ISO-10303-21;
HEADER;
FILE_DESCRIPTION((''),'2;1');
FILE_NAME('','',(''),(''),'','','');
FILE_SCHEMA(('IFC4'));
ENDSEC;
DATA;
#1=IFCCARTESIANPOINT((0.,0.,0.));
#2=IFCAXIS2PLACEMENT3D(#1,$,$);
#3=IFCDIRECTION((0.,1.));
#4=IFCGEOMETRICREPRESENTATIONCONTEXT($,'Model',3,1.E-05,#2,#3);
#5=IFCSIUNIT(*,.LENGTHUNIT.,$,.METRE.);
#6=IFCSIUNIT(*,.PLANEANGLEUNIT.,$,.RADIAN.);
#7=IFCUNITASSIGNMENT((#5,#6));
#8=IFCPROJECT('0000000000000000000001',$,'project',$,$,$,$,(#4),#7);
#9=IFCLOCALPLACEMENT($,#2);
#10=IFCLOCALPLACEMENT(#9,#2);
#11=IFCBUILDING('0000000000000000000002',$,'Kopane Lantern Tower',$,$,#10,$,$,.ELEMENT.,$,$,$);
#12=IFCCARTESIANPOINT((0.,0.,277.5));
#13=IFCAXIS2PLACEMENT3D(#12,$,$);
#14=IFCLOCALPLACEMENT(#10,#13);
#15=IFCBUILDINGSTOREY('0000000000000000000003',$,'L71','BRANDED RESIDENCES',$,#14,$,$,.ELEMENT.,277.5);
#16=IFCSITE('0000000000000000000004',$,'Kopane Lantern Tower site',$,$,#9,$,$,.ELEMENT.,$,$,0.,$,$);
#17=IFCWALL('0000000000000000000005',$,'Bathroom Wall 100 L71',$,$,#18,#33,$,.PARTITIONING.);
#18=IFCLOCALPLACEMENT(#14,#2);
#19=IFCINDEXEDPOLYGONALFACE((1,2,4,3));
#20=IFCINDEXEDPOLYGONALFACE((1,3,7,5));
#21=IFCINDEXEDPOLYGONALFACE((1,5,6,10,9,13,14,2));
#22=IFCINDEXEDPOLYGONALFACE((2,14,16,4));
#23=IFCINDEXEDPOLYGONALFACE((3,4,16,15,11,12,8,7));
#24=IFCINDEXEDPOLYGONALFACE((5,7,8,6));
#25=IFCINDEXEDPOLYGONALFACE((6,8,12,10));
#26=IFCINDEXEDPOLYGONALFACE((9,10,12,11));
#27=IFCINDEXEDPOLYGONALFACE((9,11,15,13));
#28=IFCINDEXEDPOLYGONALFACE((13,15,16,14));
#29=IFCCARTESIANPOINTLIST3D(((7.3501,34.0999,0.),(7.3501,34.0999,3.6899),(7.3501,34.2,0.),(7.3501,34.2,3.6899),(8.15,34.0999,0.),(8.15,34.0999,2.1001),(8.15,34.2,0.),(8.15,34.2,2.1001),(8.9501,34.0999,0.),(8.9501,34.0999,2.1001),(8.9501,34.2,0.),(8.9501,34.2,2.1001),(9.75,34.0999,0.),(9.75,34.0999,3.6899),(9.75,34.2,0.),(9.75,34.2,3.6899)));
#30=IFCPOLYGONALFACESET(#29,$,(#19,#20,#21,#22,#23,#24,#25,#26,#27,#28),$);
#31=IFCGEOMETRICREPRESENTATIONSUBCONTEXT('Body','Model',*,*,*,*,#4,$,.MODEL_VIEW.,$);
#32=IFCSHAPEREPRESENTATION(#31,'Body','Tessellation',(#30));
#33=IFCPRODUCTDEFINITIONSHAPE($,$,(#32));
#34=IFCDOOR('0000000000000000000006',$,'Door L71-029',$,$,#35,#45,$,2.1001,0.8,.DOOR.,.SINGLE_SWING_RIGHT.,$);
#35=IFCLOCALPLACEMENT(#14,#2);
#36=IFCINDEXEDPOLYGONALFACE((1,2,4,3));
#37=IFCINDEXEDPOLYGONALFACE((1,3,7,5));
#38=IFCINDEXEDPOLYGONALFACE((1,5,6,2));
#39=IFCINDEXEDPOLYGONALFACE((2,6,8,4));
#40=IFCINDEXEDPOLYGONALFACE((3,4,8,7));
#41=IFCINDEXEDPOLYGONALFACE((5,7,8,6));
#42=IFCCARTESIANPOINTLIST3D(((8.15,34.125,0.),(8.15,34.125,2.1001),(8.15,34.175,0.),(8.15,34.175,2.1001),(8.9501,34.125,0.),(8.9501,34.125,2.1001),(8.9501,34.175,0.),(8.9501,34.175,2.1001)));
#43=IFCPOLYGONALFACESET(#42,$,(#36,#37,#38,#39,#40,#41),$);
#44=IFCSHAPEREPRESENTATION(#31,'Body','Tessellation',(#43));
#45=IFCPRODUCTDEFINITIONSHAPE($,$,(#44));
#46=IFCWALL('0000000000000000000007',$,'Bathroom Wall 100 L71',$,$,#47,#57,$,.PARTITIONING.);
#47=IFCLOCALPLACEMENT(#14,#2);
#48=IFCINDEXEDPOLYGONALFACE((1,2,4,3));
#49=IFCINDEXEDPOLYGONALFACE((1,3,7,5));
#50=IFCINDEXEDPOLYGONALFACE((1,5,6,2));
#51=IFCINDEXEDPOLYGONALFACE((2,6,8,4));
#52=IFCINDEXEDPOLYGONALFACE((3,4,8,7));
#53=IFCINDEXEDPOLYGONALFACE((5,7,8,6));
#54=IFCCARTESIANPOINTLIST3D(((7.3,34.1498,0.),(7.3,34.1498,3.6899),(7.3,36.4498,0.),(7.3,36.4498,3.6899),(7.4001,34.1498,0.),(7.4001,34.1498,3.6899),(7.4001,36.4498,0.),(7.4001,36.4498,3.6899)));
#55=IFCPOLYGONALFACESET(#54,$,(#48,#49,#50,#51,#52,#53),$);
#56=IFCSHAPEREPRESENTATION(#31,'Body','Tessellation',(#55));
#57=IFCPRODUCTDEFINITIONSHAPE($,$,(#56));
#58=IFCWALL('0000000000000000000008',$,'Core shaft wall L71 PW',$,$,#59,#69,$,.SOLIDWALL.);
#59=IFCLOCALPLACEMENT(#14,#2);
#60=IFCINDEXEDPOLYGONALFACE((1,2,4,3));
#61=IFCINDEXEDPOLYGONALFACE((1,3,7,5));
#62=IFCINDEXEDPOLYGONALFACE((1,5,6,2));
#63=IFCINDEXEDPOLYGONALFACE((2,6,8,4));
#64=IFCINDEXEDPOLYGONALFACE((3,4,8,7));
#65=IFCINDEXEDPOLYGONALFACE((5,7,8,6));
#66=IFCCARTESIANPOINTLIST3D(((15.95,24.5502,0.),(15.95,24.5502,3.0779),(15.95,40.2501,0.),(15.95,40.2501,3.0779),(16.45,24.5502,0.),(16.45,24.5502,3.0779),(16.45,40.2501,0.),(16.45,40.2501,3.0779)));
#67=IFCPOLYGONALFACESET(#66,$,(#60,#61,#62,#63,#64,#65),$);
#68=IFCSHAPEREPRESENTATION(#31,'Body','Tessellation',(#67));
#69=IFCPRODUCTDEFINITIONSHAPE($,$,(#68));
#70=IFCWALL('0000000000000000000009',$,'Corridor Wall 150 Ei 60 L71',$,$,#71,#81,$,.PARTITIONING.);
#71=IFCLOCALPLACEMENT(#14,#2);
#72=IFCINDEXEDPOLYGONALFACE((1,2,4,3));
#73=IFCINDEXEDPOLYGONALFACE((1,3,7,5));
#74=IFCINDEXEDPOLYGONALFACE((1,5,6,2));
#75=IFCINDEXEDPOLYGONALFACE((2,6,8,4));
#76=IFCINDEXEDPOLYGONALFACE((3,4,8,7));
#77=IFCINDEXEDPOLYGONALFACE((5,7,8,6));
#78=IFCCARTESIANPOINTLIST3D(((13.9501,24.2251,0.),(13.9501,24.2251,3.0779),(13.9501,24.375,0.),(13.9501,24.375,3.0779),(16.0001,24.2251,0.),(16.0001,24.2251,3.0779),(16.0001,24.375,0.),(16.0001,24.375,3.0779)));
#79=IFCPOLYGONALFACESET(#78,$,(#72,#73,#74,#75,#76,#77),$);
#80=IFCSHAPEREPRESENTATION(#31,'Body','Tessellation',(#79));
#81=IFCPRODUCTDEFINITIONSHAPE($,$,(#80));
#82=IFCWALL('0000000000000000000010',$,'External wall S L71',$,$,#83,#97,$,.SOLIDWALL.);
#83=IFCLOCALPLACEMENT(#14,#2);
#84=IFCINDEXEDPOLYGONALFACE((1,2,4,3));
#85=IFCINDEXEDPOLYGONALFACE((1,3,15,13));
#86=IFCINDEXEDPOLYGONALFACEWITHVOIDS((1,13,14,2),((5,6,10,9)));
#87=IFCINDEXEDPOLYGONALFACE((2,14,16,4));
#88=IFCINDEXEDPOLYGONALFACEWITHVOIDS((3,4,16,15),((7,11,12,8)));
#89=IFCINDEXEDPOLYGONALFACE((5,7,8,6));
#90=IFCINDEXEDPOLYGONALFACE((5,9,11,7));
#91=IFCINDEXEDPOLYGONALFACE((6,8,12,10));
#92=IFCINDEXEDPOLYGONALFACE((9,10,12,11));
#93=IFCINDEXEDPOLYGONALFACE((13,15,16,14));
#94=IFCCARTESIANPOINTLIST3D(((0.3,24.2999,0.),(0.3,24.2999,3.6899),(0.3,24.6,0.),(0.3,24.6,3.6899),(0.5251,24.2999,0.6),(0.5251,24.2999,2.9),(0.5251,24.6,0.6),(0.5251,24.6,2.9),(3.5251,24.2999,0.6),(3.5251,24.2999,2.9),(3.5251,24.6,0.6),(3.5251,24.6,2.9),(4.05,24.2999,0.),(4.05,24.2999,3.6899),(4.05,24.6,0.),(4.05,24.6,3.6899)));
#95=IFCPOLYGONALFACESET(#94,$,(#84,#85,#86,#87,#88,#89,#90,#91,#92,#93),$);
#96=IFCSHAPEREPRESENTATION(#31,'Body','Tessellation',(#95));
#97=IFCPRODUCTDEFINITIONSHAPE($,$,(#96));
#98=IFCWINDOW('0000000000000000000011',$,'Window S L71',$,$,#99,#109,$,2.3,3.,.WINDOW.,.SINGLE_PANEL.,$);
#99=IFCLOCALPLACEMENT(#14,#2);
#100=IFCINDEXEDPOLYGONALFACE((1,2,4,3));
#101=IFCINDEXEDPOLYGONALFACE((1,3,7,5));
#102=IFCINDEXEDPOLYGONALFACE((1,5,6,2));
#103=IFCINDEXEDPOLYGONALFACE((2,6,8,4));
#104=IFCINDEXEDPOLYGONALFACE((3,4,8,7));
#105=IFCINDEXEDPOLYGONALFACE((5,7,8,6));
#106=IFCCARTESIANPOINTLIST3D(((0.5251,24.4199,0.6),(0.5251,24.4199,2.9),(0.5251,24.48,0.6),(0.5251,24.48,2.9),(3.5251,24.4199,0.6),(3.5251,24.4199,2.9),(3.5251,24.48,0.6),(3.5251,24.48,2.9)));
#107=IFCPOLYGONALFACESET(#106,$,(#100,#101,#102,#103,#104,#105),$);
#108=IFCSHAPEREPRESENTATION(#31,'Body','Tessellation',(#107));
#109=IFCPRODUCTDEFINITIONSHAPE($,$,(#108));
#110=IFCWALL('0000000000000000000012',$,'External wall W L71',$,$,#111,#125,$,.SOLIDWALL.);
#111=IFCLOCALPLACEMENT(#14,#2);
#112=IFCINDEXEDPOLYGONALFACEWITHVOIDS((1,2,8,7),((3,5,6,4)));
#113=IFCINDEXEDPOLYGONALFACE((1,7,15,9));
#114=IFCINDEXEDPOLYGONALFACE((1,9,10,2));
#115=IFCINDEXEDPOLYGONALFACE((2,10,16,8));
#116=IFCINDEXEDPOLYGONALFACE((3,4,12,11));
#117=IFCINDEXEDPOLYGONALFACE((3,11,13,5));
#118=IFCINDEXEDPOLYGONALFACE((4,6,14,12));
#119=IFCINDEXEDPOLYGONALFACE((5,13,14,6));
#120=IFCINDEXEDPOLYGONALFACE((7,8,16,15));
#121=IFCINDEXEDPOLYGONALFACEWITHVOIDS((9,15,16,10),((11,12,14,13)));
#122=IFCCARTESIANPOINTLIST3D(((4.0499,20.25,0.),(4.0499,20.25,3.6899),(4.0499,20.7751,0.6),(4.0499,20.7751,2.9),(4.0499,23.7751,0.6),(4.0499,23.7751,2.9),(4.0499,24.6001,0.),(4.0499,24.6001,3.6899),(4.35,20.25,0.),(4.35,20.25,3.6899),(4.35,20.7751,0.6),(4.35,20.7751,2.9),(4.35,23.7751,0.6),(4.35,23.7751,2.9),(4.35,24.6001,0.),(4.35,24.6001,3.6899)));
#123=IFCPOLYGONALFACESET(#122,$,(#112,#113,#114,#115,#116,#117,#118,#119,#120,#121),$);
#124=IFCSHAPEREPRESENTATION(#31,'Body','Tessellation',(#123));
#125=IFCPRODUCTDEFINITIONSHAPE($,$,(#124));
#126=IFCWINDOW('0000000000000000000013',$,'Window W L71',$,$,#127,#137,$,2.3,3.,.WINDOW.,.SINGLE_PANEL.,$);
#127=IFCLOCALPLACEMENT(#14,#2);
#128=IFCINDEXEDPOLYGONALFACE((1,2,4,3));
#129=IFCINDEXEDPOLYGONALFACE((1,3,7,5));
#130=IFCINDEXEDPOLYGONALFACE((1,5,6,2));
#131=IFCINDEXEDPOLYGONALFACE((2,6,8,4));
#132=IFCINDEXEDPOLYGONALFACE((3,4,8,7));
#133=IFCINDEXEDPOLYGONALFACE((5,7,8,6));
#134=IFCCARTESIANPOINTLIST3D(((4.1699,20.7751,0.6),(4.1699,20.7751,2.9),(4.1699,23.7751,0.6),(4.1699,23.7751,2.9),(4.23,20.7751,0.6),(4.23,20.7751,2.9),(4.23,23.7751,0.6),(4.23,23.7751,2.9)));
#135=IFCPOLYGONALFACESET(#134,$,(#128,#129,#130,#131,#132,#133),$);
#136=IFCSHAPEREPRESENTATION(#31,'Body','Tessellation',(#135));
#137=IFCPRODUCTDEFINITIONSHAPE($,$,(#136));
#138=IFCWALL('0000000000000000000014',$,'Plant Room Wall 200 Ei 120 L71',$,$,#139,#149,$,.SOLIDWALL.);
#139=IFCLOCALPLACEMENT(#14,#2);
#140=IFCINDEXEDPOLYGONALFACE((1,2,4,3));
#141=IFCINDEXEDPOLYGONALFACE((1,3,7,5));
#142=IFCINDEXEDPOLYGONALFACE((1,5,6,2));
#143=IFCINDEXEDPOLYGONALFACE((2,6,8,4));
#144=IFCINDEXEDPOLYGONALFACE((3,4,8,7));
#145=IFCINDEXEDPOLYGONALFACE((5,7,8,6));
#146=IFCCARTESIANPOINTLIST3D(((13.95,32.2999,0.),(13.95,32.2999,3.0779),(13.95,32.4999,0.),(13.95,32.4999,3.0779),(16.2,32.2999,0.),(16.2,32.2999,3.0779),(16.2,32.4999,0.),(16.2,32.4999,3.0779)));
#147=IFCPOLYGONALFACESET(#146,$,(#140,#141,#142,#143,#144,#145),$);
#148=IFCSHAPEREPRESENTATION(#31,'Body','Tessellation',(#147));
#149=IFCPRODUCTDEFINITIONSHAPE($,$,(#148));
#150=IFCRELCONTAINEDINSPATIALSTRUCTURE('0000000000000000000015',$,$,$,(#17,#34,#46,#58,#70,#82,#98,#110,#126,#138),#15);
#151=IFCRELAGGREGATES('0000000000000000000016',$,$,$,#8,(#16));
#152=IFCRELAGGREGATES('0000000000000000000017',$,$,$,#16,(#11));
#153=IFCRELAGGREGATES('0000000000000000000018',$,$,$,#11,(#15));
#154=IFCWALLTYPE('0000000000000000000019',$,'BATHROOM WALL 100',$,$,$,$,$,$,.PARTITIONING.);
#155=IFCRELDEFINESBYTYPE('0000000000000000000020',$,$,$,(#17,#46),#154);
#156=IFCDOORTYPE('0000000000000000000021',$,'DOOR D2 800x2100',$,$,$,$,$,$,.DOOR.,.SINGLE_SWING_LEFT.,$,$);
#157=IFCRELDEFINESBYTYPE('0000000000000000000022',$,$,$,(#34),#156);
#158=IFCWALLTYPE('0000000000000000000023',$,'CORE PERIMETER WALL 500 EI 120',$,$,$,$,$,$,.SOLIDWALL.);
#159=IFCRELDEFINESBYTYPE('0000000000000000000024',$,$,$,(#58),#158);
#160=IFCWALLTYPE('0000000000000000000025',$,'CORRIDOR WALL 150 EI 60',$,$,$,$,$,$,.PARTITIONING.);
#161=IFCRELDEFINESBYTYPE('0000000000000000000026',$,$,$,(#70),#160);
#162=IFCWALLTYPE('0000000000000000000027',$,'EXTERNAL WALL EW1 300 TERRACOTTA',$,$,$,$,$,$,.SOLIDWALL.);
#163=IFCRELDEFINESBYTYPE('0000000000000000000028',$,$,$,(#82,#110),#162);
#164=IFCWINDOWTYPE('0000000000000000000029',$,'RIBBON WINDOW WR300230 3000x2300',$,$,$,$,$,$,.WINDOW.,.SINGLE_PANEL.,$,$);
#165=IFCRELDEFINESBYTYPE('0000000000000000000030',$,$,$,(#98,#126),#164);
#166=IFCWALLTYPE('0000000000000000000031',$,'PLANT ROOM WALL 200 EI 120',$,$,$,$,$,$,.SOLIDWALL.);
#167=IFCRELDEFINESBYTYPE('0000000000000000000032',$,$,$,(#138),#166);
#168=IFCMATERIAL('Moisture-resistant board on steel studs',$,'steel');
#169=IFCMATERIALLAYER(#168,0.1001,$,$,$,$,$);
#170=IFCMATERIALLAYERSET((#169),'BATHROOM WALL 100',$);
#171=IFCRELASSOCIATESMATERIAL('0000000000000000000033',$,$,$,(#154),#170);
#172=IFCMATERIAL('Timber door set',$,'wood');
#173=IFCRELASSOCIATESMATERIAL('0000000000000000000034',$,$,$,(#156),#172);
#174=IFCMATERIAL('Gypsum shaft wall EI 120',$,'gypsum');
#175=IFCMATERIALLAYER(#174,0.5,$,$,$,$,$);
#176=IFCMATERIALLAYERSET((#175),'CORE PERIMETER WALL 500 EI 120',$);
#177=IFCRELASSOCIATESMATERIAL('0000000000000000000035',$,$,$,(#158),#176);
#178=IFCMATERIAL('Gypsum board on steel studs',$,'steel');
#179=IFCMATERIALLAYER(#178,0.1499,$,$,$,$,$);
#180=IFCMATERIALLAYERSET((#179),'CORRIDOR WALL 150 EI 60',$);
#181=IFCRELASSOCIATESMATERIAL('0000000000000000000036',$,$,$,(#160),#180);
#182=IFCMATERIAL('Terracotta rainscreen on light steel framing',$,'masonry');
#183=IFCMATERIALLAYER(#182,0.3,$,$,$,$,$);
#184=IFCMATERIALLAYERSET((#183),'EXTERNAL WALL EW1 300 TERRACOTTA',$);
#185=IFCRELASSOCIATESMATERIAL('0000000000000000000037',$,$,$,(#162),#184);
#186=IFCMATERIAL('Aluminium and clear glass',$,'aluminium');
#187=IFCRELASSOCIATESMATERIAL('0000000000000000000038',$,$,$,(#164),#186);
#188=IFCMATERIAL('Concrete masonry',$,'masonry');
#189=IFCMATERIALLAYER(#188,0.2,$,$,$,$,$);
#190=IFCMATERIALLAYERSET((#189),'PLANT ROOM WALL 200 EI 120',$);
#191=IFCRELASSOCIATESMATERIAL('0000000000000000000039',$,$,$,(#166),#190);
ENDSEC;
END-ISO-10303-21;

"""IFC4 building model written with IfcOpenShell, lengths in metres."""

from ifc_helpers import new_model, si_unit, direction, frame, frame_2d, origin, place, context, subcontext, project, spatial, rectangle, extrude, material, layer, layer_set, type_object, element, fill, save


model = new_model("IFC4")

# Units and contexts
model_context = context("Model", 3, precision=1e-05, world=origin(), true_north=direction((0.0, 1.0)))
body_context = subcontext(model_context, "Body", "Model", "MODEL_VIEW")
ifc_project = project(units=[si_unit("LENGTHUNIT", "METRE"), si_unit("PLANEANGLEUNIT", "RADIAN")], contexts=[model_context])

# Site, building, storey
site_placement = place(None, origin())
site = spatial("IfcSite", under=ifc_project, at=site_placement, Name="Kopane Lantern Tower site", CompositionType="ELEMENT", RefElevation=0.0)
building_placement = place(site_placement, origin())
building = spatial("IfcBuilding", under=site, at=building_placement, Name="Kopane Lantern Tower", CompositionType="ELEMENT")
storey_placement = place(building_placement, frame((0.0, 0.0, 277.5)))
storey = spatial("IfcBuildingStorey", under=building, at=storey_placement, Name="L71", Description="BRANDED RESIDENCES", CompositionType="ELEMENT", Elevation=277.5)

# Wall, opening, door
ifc_material_1 = material(Name="Moisture-resistant board on steel studs", Category="steel")
ifc_layer_1 = layer(ifc_material_1, 0.1001)
ifc_layer_set_1 = layer_set([ifc_layer_1], Name="BATHROOM WALL 100")
wall_type_1 = type_object("IfcWallType", Name="BATHROOM WALL 100", PredefinedType="PARTITIONING", material=ifc_layer_set_1)
wall_1_placement = place(storey_placement, frame((9.75, 34.1499, 0.0), z_axis=(0.0, 0.0, 1.0), x_axis=(-1.0, 0.0, 0.0)))
wall_1 = element("IfcWall", 1, at=wall_1_placement, inside=storey, type_object=wall_type_1, Name="Bathroom Wall 100 L71", PredefinedType="PARTITIONING", context=body_context, shape_type="SweptSolid", body=[
    extrude(rectangle(XDim=2.3999, YDim=0.1001, at=frame_2d((1.2, 0.0))), origin(), (0.0, 0.0, 1.0), 3.6899),
])
opening_1_placement = place(wall_1_placement, frame((0.8, 0.0, 0.0)))
opening_1 = element("IfcOpeningElement", 2, at=opening_1_placement, cuts=wall_1, PredefinedType="OPENING", context=body_context, shape_type="SweptSolid", body=[
    extrude(rectangle(XDim=0.8, YDim=2.1001, at=frame_2d((0.3999, 1.05))), frame((0.0, 0.0601, 0.0), z_axis=(0.0, -1.0, 0.0), x_axis=(1.0, 0.0, 0.0)), (0.0, 0.0, 1.0), 0.1201),
])
ifc_material_2 = material(Name="Timber door set", Category="wood")
door_type_1 = type_object("IfcDoorType", Name="DOOR D2 800x2100", OperationType="SINGLE_SWING_LEFT", PredefinedType="DOOR", material=ifc_material_2)
door_1_placement = place(opening_1_placement, origin())
door_1 = element("IfcDoor", 3, at=door_1_placement, inside=storey, type_object=door_type_1, Name="Door L71-029", OperationType="SINGLE_SWING_RIGHT", OverallHeight=2.1001, OverallWidth=0.8, PredefinedType="DOOR", context=body_context, shape_type="SweptSolid", body=[
    extrude(rectangle(XDim=0.8, YDim=2.1001, at=frame_2d((0.3999, 1.05))), frame((0.0, 0.0249, 0.0), z_axis=(0.0, -1.0, 0.0), x_axis=(1.0, 0.0, 0.0)), (0.0, 0.0, 1.0), 0.05),
])
fill(opening_1, door_1)

# Walls
wall_2_placement = place(storey_placement, frame((7.3501, 34.1499, 0.0), z_axis=(0.0, 0.0, 1.0), x_axis=(0.0, 1.0, 0.0)))
element("IfcWall", 4, at=wall_2_placement, inside=storey, type_object=wall_type_1, Name="Bathroom Wall 100 L71", PredefinedType="PARTITIONING", context=body_context, shape_type="SweptSolid", body=[
    extrude(rectangle(XDim=2.3, YDim=0.1001, at=frame_2d((1.1499, 0.0))), origin(), (0.0, 0.0, 1.0), 3.6899),
])
ifc_material_3 = material(Name="Gypsum shaft wall EI 120", Category="gypsum")
ifc_layer_2 = layer(ifc_material_3, 0.5)
ifc_layer_set_2 = layer_set([ifc_layer_2], Name="CORE PERIMETER WALL 500 EI 120")
wall_type_2 = type_object("IfcWallType", Name="CORE PERIMETER WALL 500 EI 120", PredefinedType="SOLIDWALL", material=ifc_layer_set_2)
wall_3_placement = place(storey_placement, frame((16.2, 24.55, 0.0), z_axis=(0.0, 0.0, 1.0), x_axis=(0.0, 1.0, 0.0)))
element("IfcWall", 5, at=wall_3_placement, inside=storey, type_object=wall_type_2, Name="Core shaft wall L71 PW", PredefinedType="SOLIDWALL", context=body_context, shape_type="SweptSolid", body=[
    extrude(rectangle(XDim=15.7, YDim=0.5, at=frame_2d((7.8501, 0.0))), origin(), (0.0, 0.0, 1.0), 3.0779),
])
ifc_material_4 = material(Name="Gypsum board on steel studs", Category="steel")
ifc_layer_3 = layer(ifc_material_4, 0.1499)
ifc_layer_set_3 = layer_set([ifc_layer_3], Name="CORRIDOR WALL 150 EI 60")
wall_type_3 = type_object("IfcWallType", Name="CORRIDOR WALL 150 EI 60", PredefinedType="PARTITIONING", material=ifc_layer_set_3)
wall_4_placement = place(storey_placement, frame((16.0, 24.3, 0.0), z_axis=(0.0, 0.0, 1.0), x_axis=(-1.0, 0.0, 0.0)))
element("IfcWall", 6, at=wall_4_placement, inside=storey, type_object=wall_type_3, Name="Corridor Wall 150 Ei 60 L71", PredefinedType="PARTITIONING", context=body_context, shape_type="SweptSolid", body=[
    extrude(rectangle(XDim=2.05, YDim=0.1499, at=frame_2d((1.0249, 0.0))), origin(), (0.0, 0.0, 1.0), 3.0779),
])

# Walls, openings, windows
ifc_material_5 = material(Name="Terracotta rainscreen on light steel framing", Category="masonry")
ifc_layer_4 = layer(ifc_material_5, 0.3)
ifc_layer_set_4 = layer_set([ifc_layer_4], Name="EXTERNAL WALL EW1 300 TERRACOTTA")
wall_type_4 = type_object("IfcWallType", Name="EXTERNAL WALL EW1 300 TERRACOTTA", PredefinedType="SOLIDWALL", material=ifc_layer_set_4)
wall_5_placement = place(storey_placement, frame((0.3, 24.45, 0.0), z_axis=(0.0, 0.0, 1.0), x_axis=(1.0, 0.0, 0.0)))
wall_5 = element("IfcWall", 7, at=wall_5_placement, inside=storey, type_object=wall_type_4, Name="External wall S L71", PredefinedType="SOLIDWALL", context=body_context, shape_type="SweptSolid", body=[
    extrude(rectangle(XDim=3.75, YDim=0.3, at=frame_2d((1.875, 0.0))), origin(), (0.0, 0.0, 1.0), 3.6899),
])
opening_2_placement = place(wall_5_placement, frame((0.2251, 0.0, 0.6001)))
opening_2 = element("IfcOpeningElement", 8, at=opening_2_placement, cuts=wall_5, PredefinedType="OPENING", context=body_context, shape_type="SweptSolid", body=[
    extrude(rectangle(XDim=3.0, YDim=2.3, at=frame_2d((1.5, 1.1499))), frame((0.0, 0.1599, 0.0), z_axis=(0.0, -1.0, 0.0), x_axis=(1.0, 0.0, 0.0)), (0.0, 0.0, 1.0), 0.3201),
])
ifc_material_6 = material(Name="Aluminium and clear glass", Category="aluminium")
window_type = type_object("IfcWindowType", Name="RIBBON WINDOW WR300230 3000x2300", PartitioningType="SINGLE_PANEL", PredefinedType="WINDOW", material=ifc_material_6)
window_1_placement = place(opening_2_placement, origin())
window_1 = element("IfcWindow", 9, at=window_1_placement, inside=storey, type_object=window_type, Name="Window S L71", OverallHeight=2.3, OverallWidth=3.0, PartitioningType="SINGLE_PANEL", PredefinedType="WINDOW", context=body_context, shape_type="SweptSolid", body=[
    extrude(rectangle(XDim=3.0, YDim=2.3, at=frame_2d((1.5, 1.1499))), frame((0.0, 0.03, 0.0), z_axis=(0.0, -1.0, 0.0), x_axis=(1.0, 0.0, 0.0)), (0.0, 0.0, 1.0), 0.0601),
])
fill(opening_2, window_1)
wall_6_placement = place(storey_placement, frame((4.2, 24.6001, 0.0), z_axis=(0.0, 0.0, 1.0), x_axis=(0.0, -1.0, 0.0)))
wall_6 = element("IfcWall", 10, at=wall_6_placement, inside=storey, type_object=wall_type_4, Name="External wall W L71", PredefinedType="SOLIDWALL", context=body_context, shape_type="SweptSolid", body=[
    extrude(rectangle(XDim=4.3501, YDim=0.3, at=frame_2d((2.175, 0.0))), origin(), (0.0, 0.0, 1.0), 3.6899),
])
opening_3_placement = place(wall_6_placement, frame((0.825, 0.0, 0.6001)))
opening_3 = element("IfcOpeningElement", 11, at=opening_3_placement, cuts=wall_6, PredefinedType="OPENING", context=body_context, shape_type="SweptSolid", body=[
    extrude(rectangle(XDim=3.0, YDim=2.3, at=frame_2d((1.5, 1.1499))), frame((0.0, 0.1599, 0.0), z_axis=(0.0, -1.0, 0.0), x_axis=(1.0, 0.0, 0.0)), (0.0, 0.0, 1.0), 0.3201),
])
window_2_placement = place(opening_3_placement, origin())
window_2 = element("IfcWindow", 12, at=window_2_placement, inside=storey, type_object=window_type, Name="Window W L71", OverallHeight=2.3, OverallWidth=3.0, PartitioningType="SINGLE_PANEL", PredefinedType="WINDOW", context=body_context, shape_type="SweptSolid", body=[
    extrude(rectangle(XDim=3.0, YDim=2.3, at=frame_2d((1.5, 1.1499))), frame((0.0, 0.03, 0.0), z_axis=(0.0, -1.0, 0.0), x_axis=(1.0, 0.0, 0.0)), (0.0, 0.0, 1.0), 0.0601),
])
fill(opening_3, window_2)

# Wall
ifc_material_7 = material(Name="Concrete masonry", Category="masonry")
ifc_layer_5 = layer(ifc_material_7, 0.2)
ifc_layer_set_5 = layer_set([ifc_layer_5], Name="PLANT ROOM WALL 200 EI 120")
wall_type_5 = type_object("IfcWallType", Name="PLANT ROOM WALL 200 EI 120", PredefinedType="SOLIDWALL", material=ifc_layer_set_5)
wall_7_placement = place(storey_placement, frame((13.95, 32.3999, 0.0), z_axis=(0.0, 0.0, 1.0), x_axis=(1.0, 0.0, 0.0)))
element("IfcWall", 13, at=wall_7_placement, inside=storey, type_object=wall_type_5, Name="Plant Room Wall 200 Ei 120 L71", PredefinedType="SOLIDWALL", context=body_context, shape_type="SweptSolid", body=[
    extrude(rectangle(XDim=2.25, YDim=0.2, at=frame_2d((1.125, 0.0))), origin(), (0.0, 0.0, 1.0), 3.0779),
])

save(model, "model.ifc")
